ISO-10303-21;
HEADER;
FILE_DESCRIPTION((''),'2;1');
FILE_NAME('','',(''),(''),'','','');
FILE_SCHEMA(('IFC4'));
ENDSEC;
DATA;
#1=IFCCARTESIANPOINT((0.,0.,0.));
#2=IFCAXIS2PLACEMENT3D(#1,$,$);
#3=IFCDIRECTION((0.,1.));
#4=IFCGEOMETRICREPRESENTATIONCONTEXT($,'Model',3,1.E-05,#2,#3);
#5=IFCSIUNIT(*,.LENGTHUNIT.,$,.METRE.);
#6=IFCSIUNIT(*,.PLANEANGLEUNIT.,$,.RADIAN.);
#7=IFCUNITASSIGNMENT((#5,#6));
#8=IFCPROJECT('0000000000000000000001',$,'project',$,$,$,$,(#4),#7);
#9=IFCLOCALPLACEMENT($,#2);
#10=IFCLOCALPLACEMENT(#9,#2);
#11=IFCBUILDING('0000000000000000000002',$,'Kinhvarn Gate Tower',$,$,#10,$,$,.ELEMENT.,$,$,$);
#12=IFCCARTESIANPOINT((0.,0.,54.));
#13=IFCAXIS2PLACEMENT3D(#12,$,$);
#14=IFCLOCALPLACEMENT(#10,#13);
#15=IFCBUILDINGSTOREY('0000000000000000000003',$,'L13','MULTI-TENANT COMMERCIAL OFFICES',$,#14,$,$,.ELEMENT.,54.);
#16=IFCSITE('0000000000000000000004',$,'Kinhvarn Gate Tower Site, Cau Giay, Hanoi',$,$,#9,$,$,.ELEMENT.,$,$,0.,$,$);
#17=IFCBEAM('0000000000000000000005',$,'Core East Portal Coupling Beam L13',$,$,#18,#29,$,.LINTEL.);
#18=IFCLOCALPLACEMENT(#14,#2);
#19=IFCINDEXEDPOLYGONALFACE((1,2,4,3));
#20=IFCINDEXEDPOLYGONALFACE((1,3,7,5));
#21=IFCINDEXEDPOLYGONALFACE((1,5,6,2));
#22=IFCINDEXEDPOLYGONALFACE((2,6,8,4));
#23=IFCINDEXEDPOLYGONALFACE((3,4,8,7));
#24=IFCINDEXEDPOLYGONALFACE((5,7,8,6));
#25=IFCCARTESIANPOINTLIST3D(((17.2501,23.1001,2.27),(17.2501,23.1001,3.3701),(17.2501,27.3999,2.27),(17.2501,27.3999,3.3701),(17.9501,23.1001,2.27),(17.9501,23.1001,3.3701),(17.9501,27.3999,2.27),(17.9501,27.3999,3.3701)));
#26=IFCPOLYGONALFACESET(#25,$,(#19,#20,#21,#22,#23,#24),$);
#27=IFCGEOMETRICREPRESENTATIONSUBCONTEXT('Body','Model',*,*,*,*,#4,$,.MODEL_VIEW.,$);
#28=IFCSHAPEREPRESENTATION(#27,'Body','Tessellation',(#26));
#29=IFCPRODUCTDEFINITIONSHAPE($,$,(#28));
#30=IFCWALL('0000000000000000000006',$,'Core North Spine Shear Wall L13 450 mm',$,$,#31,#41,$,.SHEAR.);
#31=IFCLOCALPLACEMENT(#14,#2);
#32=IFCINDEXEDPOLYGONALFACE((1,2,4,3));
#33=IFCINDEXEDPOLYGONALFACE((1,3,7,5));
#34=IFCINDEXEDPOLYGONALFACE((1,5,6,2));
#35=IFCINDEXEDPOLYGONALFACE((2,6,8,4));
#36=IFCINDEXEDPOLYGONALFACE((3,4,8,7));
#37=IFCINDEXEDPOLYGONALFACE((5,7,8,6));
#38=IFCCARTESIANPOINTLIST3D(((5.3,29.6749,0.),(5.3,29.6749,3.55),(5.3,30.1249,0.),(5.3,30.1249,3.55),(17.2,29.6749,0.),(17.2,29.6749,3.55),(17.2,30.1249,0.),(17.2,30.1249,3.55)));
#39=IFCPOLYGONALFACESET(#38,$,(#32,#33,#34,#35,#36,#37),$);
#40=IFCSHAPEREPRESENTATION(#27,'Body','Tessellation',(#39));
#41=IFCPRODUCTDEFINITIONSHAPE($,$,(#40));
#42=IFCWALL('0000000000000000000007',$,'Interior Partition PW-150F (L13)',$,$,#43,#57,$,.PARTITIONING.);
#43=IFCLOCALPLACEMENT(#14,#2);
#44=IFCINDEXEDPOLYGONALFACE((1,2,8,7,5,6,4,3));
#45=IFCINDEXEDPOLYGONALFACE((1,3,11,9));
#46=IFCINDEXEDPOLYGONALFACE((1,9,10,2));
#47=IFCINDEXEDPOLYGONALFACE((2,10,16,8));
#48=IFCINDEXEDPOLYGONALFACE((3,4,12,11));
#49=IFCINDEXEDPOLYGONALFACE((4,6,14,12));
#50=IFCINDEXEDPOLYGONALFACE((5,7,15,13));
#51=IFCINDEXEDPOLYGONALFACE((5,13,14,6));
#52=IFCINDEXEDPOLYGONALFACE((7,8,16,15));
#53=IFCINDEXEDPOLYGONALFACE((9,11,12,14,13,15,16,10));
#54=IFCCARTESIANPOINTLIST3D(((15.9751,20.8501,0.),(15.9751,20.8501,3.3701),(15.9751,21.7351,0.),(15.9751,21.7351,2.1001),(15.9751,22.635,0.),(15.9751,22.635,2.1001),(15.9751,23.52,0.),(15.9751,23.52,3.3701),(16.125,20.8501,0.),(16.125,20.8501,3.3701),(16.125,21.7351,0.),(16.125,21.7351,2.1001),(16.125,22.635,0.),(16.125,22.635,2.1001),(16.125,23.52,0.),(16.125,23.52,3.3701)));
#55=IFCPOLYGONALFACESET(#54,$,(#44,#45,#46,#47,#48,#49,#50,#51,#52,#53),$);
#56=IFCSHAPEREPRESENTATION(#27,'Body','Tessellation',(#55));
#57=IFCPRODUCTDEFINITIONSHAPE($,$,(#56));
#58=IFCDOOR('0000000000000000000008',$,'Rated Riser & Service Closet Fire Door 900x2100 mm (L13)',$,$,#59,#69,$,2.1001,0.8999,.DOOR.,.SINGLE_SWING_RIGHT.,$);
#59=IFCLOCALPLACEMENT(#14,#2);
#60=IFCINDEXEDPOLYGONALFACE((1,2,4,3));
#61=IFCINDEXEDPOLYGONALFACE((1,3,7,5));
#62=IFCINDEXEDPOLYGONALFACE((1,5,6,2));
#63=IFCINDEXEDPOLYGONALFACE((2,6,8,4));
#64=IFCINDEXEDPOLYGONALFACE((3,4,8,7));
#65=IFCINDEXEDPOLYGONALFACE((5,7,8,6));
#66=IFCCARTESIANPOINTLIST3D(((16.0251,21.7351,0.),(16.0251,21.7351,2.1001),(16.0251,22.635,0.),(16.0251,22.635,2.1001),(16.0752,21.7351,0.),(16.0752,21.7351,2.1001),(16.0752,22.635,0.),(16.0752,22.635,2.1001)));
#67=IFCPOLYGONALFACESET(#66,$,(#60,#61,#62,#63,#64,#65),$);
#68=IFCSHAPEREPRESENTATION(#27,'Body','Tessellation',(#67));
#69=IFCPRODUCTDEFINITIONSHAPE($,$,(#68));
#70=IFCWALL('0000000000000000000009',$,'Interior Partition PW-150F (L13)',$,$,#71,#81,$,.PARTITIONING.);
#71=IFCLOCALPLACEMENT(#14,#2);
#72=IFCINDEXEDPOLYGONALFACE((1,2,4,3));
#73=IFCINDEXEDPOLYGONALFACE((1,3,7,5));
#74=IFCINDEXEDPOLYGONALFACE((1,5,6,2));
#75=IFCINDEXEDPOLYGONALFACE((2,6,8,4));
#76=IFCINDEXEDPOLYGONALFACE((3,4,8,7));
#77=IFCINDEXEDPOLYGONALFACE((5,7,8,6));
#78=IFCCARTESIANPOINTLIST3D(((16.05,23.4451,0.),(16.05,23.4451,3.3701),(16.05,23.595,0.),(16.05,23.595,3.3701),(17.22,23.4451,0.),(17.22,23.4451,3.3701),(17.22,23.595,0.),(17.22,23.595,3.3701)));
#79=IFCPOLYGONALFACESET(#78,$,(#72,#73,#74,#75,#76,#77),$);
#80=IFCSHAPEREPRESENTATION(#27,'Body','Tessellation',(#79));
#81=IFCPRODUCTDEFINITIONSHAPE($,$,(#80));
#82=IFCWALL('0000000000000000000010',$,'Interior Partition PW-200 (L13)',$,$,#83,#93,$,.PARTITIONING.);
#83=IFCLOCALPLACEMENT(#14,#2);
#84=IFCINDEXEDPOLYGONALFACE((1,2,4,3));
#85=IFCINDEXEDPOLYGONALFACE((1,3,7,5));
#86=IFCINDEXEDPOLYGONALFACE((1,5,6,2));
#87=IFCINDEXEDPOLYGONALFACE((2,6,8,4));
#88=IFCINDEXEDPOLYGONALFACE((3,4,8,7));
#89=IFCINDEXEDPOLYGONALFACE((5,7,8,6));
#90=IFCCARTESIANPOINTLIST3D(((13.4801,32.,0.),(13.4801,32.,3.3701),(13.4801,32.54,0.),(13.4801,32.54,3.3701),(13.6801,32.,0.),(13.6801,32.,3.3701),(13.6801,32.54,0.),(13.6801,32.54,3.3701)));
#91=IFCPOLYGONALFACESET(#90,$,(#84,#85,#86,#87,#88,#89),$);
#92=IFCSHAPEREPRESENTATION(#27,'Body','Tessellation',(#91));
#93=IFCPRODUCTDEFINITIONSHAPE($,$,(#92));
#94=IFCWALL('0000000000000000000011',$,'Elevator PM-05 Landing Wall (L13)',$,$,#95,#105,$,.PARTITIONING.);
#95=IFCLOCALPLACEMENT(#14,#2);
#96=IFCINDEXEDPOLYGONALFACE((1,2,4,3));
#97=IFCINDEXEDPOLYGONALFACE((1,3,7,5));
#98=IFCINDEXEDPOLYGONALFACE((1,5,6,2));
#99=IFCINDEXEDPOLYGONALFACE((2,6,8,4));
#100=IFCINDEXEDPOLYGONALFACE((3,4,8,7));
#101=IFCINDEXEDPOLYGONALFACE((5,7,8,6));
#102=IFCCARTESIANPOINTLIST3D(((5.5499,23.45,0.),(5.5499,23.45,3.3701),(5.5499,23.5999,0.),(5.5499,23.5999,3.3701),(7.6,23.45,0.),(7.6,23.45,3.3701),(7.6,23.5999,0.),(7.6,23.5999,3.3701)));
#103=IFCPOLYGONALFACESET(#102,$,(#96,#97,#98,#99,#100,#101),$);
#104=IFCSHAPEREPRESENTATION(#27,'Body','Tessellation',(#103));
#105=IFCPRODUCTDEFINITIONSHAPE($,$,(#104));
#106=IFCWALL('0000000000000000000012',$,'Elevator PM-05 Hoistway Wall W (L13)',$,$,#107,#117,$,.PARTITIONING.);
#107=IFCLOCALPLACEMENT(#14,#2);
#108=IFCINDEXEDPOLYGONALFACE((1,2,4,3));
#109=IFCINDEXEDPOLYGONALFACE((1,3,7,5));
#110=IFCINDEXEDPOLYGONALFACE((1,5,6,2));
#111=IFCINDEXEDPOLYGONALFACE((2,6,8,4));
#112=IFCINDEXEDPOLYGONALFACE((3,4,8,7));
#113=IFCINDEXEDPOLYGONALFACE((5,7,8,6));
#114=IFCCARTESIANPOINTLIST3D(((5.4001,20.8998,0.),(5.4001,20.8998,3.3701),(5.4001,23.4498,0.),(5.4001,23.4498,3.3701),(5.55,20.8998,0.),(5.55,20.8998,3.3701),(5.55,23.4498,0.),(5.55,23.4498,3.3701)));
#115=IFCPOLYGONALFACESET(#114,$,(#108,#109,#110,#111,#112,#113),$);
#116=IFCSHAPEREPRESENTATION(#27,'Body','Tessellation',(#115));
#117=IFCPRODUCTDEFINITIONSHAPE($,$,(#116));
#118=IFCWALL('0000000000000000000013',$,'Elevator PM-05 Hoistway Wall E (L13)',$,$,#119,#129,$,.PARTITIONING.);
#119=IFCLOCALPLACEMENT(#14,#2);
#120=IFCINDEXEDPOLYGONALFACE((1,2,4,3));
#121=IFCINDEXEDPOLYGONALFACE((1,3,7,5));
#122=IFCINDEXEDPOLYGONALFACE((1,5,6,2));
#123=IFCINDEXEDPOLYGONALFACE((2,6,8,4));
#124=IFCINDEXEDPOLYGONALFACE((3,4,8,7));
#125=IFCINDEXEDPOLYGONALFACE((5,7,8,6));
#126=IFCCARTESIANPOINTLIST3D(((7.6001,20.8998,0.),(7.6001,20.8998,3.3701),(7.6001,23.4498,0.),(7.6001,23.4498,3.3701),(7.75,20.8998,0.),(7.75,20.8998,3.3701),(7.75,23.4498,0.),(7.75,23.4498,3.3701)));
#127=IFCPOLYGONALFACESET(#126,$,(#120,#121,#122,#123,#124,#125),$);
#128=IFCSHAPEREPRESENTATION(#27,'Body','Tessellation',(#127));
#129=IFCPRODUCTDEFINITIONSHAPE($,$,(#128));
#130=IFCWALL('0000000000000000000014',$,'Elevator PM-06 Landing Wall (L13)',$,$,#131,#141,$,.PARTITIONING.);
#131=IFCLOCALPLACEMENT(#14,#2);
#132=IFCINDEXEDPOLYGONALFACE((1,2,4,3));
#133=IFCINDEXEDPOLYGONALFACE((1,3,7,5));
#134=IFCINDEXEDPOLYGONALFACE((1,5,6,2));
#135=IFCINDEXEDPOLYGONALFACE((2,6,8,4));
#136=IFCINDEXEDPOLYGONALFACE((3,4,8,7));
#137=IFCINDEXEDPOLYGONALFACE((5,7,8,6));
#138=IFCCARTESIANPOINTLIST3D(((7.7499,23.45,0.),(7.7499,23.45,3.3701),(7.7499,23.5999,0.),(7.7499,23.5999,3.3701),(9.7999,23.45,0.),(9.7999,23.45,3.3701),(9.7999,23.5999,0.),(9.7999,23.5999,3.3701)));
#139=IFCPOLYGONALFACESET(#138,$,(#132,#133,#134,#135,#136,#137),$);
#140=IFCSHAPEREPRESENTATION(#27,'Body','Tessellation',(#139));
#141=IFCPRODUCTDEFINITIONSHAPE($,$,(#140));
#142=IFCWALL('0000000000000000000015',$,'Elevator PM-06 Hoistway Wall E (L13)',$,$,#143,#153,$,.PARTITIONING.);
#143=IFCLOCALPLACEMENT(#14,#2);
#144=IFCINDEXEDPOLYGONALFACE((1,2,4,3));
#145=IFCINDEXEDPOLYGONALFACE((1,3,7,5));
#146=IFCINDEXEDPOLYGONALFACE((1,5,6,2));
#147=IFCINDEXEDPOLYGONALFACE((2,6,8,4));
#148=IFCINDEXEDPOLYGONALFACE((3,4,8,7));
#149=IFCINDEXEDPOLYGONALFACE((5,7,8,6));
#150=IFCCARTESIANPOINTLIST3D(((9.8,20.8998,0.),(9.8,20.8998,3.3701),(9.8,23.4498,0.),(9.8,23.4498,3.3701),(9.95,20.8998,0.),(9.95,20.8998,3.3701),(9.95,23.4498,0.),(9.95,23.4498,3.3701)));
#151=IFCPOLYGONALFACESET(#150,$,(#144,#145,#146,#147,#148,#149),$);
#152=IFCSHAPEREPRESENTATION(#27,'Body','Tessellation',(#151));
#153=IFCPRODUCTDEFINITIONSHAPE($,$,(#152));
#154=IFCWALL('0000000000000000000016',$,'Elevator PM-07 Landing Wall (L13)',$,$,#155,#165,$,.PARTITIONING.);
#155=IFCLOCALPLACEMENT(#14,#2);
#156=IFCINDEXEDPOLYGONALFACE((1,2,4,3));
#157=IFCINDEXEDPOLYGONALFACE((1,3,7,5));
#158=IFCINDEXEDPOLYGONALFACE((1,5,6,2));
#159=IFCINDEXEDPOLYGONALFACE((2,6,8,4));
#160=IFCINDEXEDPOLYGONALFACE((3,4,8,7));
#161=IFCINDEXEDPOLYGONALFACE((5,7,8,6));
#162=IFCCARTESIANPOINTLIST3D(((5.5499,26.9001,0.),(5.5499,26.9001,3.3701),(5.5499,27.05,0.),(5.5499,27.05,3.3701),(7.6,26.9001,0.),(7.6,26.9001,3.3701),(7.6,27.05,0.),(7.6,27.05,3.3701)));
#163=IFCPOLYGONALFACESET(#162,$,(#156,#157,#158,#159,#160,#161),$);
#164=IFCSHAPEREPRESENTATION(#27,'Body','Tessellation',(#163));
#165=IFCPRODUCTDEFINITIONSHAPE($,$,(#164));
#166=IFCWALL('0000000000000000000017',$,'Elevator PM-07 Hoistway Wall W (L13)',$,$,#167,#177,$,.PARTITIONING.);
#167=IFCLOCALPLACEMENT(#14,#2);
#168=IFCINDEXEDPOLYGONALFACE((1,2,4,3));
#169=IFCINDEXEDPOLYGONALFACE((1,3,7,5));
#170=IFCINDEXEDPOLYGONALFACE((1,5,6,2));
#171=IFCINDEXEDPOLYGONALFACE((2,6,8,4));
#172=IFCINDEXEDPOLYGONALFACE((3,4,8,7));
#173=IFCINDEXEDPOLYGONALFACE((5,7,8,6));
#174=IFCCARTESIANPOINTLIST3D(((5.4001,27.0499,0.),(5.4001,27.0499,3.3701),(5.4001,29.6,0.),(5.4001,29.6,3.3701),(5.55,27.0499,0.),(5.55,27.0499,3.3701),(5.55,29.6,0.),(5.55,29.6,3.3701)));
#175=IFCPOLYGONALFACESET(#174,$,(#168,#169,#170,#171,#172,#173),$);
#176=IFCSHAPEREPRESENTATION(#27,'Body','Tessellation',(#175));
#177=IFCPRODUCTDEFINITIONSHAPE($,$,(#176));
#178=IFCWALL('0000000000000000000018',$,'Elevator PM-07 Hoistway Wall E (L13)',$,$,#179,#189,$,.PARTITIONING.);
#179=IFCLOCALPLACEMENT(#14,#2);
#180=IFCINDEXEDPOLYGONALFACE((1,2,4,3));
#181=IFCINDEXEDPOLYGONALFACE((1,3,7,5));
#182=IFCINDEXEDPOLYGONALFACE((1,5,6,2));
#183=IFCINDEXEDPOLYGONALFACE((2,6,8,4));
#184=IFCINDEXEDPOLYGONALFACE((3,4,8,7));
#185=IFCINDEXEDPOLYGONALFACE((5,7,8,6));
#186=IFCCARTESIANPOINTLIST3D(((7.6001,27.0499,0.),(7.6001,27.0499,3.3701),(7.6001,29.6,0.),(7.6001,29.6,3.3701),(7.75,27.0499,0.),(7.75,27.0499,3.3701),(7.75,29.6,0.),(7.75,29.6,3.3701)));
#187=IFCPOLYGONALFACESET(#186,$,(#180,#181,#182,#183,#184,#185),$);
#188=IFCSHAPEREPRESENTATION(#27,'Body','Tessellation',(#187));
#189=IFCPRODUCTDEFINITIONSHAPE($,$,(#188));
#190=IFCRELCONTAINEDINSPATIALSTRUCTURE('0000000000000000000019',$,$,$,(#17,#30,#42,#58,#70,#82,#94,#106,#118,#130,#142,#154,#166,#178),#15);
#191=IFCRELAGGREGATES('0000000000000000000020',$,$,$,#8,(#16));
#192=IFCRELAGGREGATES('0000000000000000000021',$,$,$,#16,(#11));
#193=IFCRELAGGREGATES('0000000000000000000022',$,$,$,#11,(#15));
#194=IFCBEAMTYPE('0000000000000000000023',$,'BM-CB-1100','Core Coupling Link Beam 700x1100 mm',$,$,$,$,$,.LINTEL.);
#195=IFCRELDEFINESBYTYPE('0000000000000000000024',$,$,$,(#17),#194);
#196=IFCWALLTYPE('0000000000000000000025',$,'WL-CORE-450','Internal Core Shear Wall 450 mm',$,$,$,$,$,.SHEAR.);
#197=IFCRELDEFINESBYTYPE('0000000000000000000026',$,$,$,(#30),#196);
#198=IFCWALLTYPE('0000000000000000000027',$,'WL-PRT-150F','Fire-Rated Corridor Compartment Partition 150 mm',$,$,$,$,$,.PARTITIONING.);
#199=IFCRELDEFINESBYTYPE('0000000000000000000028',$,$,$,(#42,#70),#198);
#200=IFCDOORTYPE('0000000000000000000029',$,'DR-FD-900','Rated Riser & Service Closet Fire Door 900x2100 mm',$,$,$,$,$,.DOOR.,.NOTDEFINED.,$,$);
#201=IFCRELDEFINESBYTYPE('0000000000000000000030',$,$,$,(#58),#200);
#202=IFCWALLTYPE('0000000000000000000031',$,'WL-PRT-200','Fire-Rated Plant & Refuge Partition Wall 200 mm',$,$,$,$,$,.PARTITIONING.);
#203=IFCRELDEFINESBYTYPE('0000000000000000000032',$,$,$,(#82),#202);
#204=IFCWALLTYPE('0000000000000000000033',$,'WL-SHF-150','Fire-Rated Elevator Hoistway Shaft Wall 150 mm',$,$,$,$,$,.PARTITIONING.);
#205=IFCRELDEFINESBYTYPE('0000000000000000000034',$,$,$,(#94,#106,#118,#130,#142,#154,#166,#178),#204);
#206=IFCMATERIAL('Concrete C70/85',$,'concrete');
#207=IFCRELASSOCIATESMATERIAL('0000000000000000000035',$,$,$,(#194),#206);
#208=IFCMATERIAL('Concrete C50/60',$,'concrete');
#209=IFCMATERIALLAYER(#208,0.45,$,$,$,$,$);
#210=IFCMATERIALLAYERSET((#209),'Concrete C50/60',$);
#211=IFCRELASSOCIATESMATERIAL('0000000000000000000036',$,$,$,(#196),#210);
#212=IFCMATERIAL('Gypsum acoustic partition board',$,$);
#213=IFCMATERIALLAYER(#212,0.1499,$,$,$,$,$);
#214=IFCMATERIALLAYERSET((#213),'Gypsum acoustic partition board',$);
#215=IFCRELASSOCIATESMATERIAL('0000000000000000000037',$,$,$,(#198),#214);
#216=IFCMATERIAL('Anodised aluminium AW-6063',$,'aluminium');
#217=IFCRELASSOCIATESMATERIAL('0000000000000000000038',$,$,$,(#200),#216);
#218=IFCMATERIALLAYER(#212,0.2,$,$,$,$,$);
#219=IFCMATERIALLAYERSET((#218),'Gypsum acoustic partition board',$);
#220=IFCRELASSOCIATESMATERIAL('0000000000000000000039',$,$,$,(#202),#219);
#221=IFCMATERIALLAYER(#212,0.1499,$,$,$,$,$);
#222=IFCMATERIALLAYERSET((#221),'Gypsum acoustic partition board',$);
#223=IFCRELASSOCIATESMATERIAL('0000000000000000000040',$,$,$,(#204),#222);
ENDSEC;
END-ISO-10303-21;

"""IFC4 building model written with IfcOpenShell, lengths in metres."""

from ifc_helpers import new_model, si_unit, direction, frame, frame_2d, origin, origin_2d, place, context, subcontext, project, spatial, rectangle, extrude, material, layer, layer_set, material_profile, profile_set, type_object, element, fill, save


model = new_model("IFC4")

# Units and contexts
model_context = context("Model", 3, precision=1e-05, world=origin(), true_north=direction((0.0, 1.0)))
body_context = subcontext(model_context, "Body", "Model", "MODEL_VIEW")
ifc_project = project(units=[si_unit("LENGTHUNIT", "METRE"), si_unit("PLANEANGLEUNIT", "RADIAN")], contexts=[model_context])

# Site, building, storey
site_placement = place(None, origin())
site = spatial("IfcSite", under=ifc_project, at=site_placement, Name="Kinhvarn Gate Tower Site, Cau Giay, Hanoi", CompositionType="ELEMENT", RefElevation=0.0)
building_placement = place(site_placement, origin())
building = spatial("IfcBuilding", under=site, at=building_placement, Name="Kinhvarn Gate Tower", CompositionType="ELEMENT")
storey_placement = place(building_placement, frame((0.0, 0.0, 54.0)))
storey = spatial("IfcBuildingStorey", under=building, at=storey_placement, Name="L13", Description="MULTI-TENANT COMMERCIAL OFFICES", CompositionType="ELEMENT", Elevation=54.0)

# Beam
ifc_material_1 = material(Name="Concrete C70/85", Category="concrete")
ifc_material_profile = material_profile(ifc_material_1, rectangle(XDim=0.7, YDim=1.1001, at=origin_2d()), Name="RC 700x1100")
ifc_profile_set = profile_set([ifc_material_profile], Name="Concrete C70/85")
beam_type = type_object("IfcBeamType", Name="BM-CB-1100", Description="Core Coupling Link Beam 700x1100 mm", PredefinedType="LINTEL", material=ifc_profile_set)
beam_placement = place(storey_placement, frame((17.6001, 23.1001, 2.8201), z_axis=(0.0, 1.0, 0.0), x_axis=(-1.0, 0.0, 0.0)))
element("IfcBeam", 1, at=beam_placement, inside=storey, type_object=beam_type, Name="Core East Portal Coupling Beam L13", PredefinedType="LINTEL", context=body_context, shape_type="SweptSolid", body=[
    extrude(rectangle(XDim=0.7, YDim=1.1001, at=origin_2d()), origin(), (0.0, 0.0, 1.0), 4.2998),
])

# Wall
ifc_material_2 = material(Name="Concrete C50/60", Category="concrete")
ifc_layer_1 = layer(ifc_material_2, 0.45)
ifc_layer_set_1 = layer_set([ifc_layer_1], Name="Concrete C50/60")
wall_type_1 = type_object("IfcWallType", Name="WL-CORE-450", Description="Internal Core Shear Wall 450 mm", PredefinedType="SHEAR", material=ifc_layer_set_1)
wall_1_placement = place(storey_placement, frame((5.3, 29.8999, 0.0), z_axis=(0.0, 0.0, 1.0), x_axis=(1.0, 0.0, 0.0)))
element("IfcWall", 2, at=wall_1_placement, inside=storey, type_object=wall_type_1, Name="Core North Spine Shear Wall L13 450 mm", PredefinedType="SHEAR", context=body_context, shape_type="SweptSolid", body=[
    extrude(rectangle(XDim=11.8999, YDim=0.45, at=frame_2d((5.95, 0.0))), origin(), (0.0, 0.0, 1.0), 3.55),
])

# Wall, opening, door
ifc_material_3 = material(Name="Anodised aluminium AW-6063", Category="aluminium")
ifc_material_4 = material(Name="Gypsum acoustic partition board")
ifc_layer_2 = layer(ifc_material_4, 0.1499)
ifc_layer_set_2 = layer_set([ifc_layer_2], Name="Gypsum acoustic partition board")
wall_type_2 = type_object("IfcWallType", Name="WL-PRT-150F", Description="Fire-Rated Corridor Compartment Partition 150 mm", PredefinedType="PARTITIONING", material=ifc_layer_set_2)
wall_2_placement = place(storey_placement, frame((16.05, 20.8501, 0.0), z_axis=(0.0, 0.0, 1.0), x_axis=(0.0, 1.0, 0.0)))
wall_2 = element("IfcWall", 3, at=wall_2_placement, inside=storey, type_object=wall_type_2, Name="Interior Partition PW-150F (L13)", PredefinedType="PARTITIONING", context=body_context, shape_type="SweptSolid", body=[
    extrude(rectangle(XDim=2.6699, YDim=0.1499, at=frame_2d((1.335, 0.0))), origin(), (0.0, 0.0, 1.0), 3.3701),
])
opening_1_placement = place(wall_2_placement, frame((0.885, 0.0, 0.0)))
opening_1 = element("IfcOpeningElement", 4, at=opening_1_placement, cuts=wall_2, PredefinedType="OPENING", context=body_context, shape_type="SweptSolid", body=[
    extrude(rectangle(XDim=0.8999, YDim=2.1001, at=frame_2d((0.45, 1.05))), frame((0.0, 0.085, 0.0), z_axis=(0.0, -1.0, 0.0), x_axis=(1.0, 0.0, 0.0)), (0.0, 0.0, 1.0), 0.1699),
])
door_type_1 = type_object("IfcDoorType", Name="DR-FD-900", Description="Rated Riser & Service Closet Fire Door 900x2100 mm", OperationType="NOTDEFINED", PredefinedType="DOOR", material=ifc_material_3)
door_1_placement = place(opening_1_placement, origin())
door_1 = element("IfcDoor", 5, at=door_1_placement, inside=storey, type_object=door_type_1, Name="Rated Riser & Service Closet Fire Door 900x2100 mm (L13)", OperationType="SINGLE_SWING_RIGHT", OverallHeight=2.1001, OverallWidth=0.8999, PredefinedType="DOOR", context=body_context, shape_type="SweptSolid", body=[
    extrude(rectangle(XDim=0.8999, YDim=2.1001, at=frame_2d((0.45, 1.05))), frame((0.0, 0.0249, 0.0), z_axis=(0.0, -1.0, 0.0), x_axis=(1.0, 0.0, 0.0)), (0.0, 0.0, 1.0), 0.05),
])
fill(opening_1, door_1)

# Walls
wall_3_placement = place(storey_placement, frame((16.05, 23.52, 0.0), z_axis=(0.0, 0.0, 1.0), x_axis=(1.0, 0.0, 0.0)))
element("IfcWall", 6, at=wall_3_placement, inside=storey, type_object=wall_type_2, Name="Interior Partition PW-150F (L13)", PredefinedType="PARTITIONING", context=body_context, shape_type="SweptSolid", body=[
    extrude(rectangle(XDim=1.1699, YDim=0.1499, at=frame_2d((0.585, 0.0))), origin(), (0.0, 0.0, 1.0), 3.3701),
])
ifc_layer_3 = layer(ifc_material_4, 0.2)
ifc_layer_set_3 = layer_set([ifc_layer_3], Name="Gypsum acoustic partition board")
wall_type_3 = type_object("IfcWallType", Name="WL-PRT-200", Description="Fire-Rated Plant & Refuge Partition Wall 200 mm", PredefinedType="PARTITIONING", material=ifc_layer_set_3)
wall_4_placement = place(storey_placement, frame((13.5801, 32.0, 0.0), z_axis=(0.0, 0.0, 1.0), x_axis=(0.0, 1.0, 0.0)))
element("IfcWall", 7, at=wall_4_placement, inside=storey, type_object=wall_type_3, Name="Interior Partition PW-200 (L13)", PredefinedType="PARTITIONING", context=body_context, shape_type="SweptSolid", body=[
    extrude(rectangle(XDim=0.54, YDim=0.2, at=frame_2d((0.27, 0.0))), origin(), (0.0, 0.0, 1.0), 3.3701),
])
ifc_layer_4 = layer(ifc_material_4, 0.1499)
ifc_layer_set_4 = layer_set([ifc_layer_4], Name="Gypsum acoustic partition board")
wall_type_4 = type_object("IfcWallType", Name="WL-SHF-150", Description="Fire-Rated Elevator Hoistway Shaft Wall 150 mm", PredefinedType="PARTITIONING", material=ifc_layer_set_4)
wall_5_placement = place(storey_placement, frame((5.55, 23.5249, 0.0), z_axis=(0.0, 0.0, 1.0), x_axis=(1.0, 0.0, 0.0)))
element("IfcWall", 8, at=wall_5_placement, inside=storey, type_object=wall_type_4, Name="Elevator PM-05 Landing Wall (L13)", PredefinedType="PARTITIONING", context=body_context, shape_type="SweptSolid", body=[
    extrude(rectangle(XDim=2.05, YDim=0.1499, at=frame_2d((1.0249, 0.0))), origin(), (0.0, 0.0, 1.0), 3.3701),
])
for number, where, z_axis, x_axis, name in (
    (9, (5.4751, 20.8999, 0.0), (0.0, 0.0, 1.0), (0.0, 1.0, 0.0), "Elevator PM-05 Hoistway Wall W (L13)"),
    (10, (7.675, 20.8999, 0.0), (0.0, 0.0, 1.0), (0.0, 1.0, 0.0), "Elevator PM-05 Hoistway Wall E (L13)"),
):
    element("IfcWall", number, at=place(storey_placement, frame(where, z_axis=z_axis, x_axis=x_axis)), inside=storey, type_object=wall_type_4, Name=name, PredefinedType="PARTITIONING", context=body_context, shape_type="SweptSolid", body=[
        extrude(rectangle(XDim=2.55, YDim=0.1499, at=frame_2d((1.2749, 0.0))), origin(), (0.0, 0.0, 1.0), 3.3701),
    ])
wall_6_placement = place(storey_placement, frame((7.75, 23.5249, 0.0), z_axis=(0.0, 0.0, 1.0), x_axis=(1.0, 0.0, 0.0)))
element("IfcWall", 11, at=wall_6_placement, inside=storey, type_object=wall_type_4, Name="Elevator PM-06 Landing Wall (L13)", PredefinedType="PARTITIONING", context=body_context, shape_type="SweptSolid", body=[
    extrude(rectangle(XDim=2.05, YDim=0.1499, at=frame_2d((1.0249, 0.0))), origin(), (0.0, 0.0, 1.0), 3.3701),
])
wall_7_placement = place(storey_placement, frame((9.875, 20.8999, 0.0), z_axis=(0.0, 0.0, 1.0), x_axis=(0.0, 1.0, 0.0)))
element("IfcWall", 12, at=wall_7_placement, inside=storey, type_object=wall_type_4, Name="Elevator PM-06 Hoistway Wall E (L13)", PredefinedType="PARTITIONING", context=body_context, shape_type="SweptSolid", body=[
    extrude(rectangle(XDim=2.55, YDim=0.1499, at=frame_2d((1.2749, 0.0))), origin(), (0.0, 0.0, 1.0), 3.3701),
])
wall_8_placement = place(storey_placement, frame((5.55, 26.9751, 0.0), z_axis=(0.0, 0.0, 1.0), x_axis=(1.0, 0.0, 0.0)))
element("IfcWall", 13, at=wall_8_placement, inside=storey, type_object=wall_type_4, Name="Elevator PM-07 Landing Wall (L13)", PredefinedType="PARTITIONING", context=body_context, shape_type="SweptSolid", body=[
    extrude(rectangle(XDim=2.05, YDim=0.1499, at=frame_2d((1.0249, 0.0))), origin(), (0.0, 0.0, 1.0), 3.3701),
])
for number, where, z_axis, x_axis, name in (
    (14, (5.4751, 27.05, 0.0), (0.0, 0.0, 1.0), (0.0, 1.0, 0.0), "Elevator PM-07 Hoistway Wall W (L13)"),
    (15, (7.675, 27.05, 0.0), (0.0, 0.0, 1.0), (0.0, 1.0, 0.0), "Elevator PM-07 Hoistway Wall E (L13)"),
):
    element("IfcWall", number, at=place(storey_placement, frame(where, z_axis=z_axis, x_axis=x_axis)), inside=storey, type_object=wall_type_4, Name=name, PredefinedType="PARTITIONING", context=body_context, shape_type="SweptSolid", body=[
        extrude(rectangle(XDim=2.55, YDim=0.1499, at=frame_2d((1.2749, 0.0))), origin(), (0.0, 0.0, 1.0), 3.3701),
    ])

save(model, "model.ifc")
